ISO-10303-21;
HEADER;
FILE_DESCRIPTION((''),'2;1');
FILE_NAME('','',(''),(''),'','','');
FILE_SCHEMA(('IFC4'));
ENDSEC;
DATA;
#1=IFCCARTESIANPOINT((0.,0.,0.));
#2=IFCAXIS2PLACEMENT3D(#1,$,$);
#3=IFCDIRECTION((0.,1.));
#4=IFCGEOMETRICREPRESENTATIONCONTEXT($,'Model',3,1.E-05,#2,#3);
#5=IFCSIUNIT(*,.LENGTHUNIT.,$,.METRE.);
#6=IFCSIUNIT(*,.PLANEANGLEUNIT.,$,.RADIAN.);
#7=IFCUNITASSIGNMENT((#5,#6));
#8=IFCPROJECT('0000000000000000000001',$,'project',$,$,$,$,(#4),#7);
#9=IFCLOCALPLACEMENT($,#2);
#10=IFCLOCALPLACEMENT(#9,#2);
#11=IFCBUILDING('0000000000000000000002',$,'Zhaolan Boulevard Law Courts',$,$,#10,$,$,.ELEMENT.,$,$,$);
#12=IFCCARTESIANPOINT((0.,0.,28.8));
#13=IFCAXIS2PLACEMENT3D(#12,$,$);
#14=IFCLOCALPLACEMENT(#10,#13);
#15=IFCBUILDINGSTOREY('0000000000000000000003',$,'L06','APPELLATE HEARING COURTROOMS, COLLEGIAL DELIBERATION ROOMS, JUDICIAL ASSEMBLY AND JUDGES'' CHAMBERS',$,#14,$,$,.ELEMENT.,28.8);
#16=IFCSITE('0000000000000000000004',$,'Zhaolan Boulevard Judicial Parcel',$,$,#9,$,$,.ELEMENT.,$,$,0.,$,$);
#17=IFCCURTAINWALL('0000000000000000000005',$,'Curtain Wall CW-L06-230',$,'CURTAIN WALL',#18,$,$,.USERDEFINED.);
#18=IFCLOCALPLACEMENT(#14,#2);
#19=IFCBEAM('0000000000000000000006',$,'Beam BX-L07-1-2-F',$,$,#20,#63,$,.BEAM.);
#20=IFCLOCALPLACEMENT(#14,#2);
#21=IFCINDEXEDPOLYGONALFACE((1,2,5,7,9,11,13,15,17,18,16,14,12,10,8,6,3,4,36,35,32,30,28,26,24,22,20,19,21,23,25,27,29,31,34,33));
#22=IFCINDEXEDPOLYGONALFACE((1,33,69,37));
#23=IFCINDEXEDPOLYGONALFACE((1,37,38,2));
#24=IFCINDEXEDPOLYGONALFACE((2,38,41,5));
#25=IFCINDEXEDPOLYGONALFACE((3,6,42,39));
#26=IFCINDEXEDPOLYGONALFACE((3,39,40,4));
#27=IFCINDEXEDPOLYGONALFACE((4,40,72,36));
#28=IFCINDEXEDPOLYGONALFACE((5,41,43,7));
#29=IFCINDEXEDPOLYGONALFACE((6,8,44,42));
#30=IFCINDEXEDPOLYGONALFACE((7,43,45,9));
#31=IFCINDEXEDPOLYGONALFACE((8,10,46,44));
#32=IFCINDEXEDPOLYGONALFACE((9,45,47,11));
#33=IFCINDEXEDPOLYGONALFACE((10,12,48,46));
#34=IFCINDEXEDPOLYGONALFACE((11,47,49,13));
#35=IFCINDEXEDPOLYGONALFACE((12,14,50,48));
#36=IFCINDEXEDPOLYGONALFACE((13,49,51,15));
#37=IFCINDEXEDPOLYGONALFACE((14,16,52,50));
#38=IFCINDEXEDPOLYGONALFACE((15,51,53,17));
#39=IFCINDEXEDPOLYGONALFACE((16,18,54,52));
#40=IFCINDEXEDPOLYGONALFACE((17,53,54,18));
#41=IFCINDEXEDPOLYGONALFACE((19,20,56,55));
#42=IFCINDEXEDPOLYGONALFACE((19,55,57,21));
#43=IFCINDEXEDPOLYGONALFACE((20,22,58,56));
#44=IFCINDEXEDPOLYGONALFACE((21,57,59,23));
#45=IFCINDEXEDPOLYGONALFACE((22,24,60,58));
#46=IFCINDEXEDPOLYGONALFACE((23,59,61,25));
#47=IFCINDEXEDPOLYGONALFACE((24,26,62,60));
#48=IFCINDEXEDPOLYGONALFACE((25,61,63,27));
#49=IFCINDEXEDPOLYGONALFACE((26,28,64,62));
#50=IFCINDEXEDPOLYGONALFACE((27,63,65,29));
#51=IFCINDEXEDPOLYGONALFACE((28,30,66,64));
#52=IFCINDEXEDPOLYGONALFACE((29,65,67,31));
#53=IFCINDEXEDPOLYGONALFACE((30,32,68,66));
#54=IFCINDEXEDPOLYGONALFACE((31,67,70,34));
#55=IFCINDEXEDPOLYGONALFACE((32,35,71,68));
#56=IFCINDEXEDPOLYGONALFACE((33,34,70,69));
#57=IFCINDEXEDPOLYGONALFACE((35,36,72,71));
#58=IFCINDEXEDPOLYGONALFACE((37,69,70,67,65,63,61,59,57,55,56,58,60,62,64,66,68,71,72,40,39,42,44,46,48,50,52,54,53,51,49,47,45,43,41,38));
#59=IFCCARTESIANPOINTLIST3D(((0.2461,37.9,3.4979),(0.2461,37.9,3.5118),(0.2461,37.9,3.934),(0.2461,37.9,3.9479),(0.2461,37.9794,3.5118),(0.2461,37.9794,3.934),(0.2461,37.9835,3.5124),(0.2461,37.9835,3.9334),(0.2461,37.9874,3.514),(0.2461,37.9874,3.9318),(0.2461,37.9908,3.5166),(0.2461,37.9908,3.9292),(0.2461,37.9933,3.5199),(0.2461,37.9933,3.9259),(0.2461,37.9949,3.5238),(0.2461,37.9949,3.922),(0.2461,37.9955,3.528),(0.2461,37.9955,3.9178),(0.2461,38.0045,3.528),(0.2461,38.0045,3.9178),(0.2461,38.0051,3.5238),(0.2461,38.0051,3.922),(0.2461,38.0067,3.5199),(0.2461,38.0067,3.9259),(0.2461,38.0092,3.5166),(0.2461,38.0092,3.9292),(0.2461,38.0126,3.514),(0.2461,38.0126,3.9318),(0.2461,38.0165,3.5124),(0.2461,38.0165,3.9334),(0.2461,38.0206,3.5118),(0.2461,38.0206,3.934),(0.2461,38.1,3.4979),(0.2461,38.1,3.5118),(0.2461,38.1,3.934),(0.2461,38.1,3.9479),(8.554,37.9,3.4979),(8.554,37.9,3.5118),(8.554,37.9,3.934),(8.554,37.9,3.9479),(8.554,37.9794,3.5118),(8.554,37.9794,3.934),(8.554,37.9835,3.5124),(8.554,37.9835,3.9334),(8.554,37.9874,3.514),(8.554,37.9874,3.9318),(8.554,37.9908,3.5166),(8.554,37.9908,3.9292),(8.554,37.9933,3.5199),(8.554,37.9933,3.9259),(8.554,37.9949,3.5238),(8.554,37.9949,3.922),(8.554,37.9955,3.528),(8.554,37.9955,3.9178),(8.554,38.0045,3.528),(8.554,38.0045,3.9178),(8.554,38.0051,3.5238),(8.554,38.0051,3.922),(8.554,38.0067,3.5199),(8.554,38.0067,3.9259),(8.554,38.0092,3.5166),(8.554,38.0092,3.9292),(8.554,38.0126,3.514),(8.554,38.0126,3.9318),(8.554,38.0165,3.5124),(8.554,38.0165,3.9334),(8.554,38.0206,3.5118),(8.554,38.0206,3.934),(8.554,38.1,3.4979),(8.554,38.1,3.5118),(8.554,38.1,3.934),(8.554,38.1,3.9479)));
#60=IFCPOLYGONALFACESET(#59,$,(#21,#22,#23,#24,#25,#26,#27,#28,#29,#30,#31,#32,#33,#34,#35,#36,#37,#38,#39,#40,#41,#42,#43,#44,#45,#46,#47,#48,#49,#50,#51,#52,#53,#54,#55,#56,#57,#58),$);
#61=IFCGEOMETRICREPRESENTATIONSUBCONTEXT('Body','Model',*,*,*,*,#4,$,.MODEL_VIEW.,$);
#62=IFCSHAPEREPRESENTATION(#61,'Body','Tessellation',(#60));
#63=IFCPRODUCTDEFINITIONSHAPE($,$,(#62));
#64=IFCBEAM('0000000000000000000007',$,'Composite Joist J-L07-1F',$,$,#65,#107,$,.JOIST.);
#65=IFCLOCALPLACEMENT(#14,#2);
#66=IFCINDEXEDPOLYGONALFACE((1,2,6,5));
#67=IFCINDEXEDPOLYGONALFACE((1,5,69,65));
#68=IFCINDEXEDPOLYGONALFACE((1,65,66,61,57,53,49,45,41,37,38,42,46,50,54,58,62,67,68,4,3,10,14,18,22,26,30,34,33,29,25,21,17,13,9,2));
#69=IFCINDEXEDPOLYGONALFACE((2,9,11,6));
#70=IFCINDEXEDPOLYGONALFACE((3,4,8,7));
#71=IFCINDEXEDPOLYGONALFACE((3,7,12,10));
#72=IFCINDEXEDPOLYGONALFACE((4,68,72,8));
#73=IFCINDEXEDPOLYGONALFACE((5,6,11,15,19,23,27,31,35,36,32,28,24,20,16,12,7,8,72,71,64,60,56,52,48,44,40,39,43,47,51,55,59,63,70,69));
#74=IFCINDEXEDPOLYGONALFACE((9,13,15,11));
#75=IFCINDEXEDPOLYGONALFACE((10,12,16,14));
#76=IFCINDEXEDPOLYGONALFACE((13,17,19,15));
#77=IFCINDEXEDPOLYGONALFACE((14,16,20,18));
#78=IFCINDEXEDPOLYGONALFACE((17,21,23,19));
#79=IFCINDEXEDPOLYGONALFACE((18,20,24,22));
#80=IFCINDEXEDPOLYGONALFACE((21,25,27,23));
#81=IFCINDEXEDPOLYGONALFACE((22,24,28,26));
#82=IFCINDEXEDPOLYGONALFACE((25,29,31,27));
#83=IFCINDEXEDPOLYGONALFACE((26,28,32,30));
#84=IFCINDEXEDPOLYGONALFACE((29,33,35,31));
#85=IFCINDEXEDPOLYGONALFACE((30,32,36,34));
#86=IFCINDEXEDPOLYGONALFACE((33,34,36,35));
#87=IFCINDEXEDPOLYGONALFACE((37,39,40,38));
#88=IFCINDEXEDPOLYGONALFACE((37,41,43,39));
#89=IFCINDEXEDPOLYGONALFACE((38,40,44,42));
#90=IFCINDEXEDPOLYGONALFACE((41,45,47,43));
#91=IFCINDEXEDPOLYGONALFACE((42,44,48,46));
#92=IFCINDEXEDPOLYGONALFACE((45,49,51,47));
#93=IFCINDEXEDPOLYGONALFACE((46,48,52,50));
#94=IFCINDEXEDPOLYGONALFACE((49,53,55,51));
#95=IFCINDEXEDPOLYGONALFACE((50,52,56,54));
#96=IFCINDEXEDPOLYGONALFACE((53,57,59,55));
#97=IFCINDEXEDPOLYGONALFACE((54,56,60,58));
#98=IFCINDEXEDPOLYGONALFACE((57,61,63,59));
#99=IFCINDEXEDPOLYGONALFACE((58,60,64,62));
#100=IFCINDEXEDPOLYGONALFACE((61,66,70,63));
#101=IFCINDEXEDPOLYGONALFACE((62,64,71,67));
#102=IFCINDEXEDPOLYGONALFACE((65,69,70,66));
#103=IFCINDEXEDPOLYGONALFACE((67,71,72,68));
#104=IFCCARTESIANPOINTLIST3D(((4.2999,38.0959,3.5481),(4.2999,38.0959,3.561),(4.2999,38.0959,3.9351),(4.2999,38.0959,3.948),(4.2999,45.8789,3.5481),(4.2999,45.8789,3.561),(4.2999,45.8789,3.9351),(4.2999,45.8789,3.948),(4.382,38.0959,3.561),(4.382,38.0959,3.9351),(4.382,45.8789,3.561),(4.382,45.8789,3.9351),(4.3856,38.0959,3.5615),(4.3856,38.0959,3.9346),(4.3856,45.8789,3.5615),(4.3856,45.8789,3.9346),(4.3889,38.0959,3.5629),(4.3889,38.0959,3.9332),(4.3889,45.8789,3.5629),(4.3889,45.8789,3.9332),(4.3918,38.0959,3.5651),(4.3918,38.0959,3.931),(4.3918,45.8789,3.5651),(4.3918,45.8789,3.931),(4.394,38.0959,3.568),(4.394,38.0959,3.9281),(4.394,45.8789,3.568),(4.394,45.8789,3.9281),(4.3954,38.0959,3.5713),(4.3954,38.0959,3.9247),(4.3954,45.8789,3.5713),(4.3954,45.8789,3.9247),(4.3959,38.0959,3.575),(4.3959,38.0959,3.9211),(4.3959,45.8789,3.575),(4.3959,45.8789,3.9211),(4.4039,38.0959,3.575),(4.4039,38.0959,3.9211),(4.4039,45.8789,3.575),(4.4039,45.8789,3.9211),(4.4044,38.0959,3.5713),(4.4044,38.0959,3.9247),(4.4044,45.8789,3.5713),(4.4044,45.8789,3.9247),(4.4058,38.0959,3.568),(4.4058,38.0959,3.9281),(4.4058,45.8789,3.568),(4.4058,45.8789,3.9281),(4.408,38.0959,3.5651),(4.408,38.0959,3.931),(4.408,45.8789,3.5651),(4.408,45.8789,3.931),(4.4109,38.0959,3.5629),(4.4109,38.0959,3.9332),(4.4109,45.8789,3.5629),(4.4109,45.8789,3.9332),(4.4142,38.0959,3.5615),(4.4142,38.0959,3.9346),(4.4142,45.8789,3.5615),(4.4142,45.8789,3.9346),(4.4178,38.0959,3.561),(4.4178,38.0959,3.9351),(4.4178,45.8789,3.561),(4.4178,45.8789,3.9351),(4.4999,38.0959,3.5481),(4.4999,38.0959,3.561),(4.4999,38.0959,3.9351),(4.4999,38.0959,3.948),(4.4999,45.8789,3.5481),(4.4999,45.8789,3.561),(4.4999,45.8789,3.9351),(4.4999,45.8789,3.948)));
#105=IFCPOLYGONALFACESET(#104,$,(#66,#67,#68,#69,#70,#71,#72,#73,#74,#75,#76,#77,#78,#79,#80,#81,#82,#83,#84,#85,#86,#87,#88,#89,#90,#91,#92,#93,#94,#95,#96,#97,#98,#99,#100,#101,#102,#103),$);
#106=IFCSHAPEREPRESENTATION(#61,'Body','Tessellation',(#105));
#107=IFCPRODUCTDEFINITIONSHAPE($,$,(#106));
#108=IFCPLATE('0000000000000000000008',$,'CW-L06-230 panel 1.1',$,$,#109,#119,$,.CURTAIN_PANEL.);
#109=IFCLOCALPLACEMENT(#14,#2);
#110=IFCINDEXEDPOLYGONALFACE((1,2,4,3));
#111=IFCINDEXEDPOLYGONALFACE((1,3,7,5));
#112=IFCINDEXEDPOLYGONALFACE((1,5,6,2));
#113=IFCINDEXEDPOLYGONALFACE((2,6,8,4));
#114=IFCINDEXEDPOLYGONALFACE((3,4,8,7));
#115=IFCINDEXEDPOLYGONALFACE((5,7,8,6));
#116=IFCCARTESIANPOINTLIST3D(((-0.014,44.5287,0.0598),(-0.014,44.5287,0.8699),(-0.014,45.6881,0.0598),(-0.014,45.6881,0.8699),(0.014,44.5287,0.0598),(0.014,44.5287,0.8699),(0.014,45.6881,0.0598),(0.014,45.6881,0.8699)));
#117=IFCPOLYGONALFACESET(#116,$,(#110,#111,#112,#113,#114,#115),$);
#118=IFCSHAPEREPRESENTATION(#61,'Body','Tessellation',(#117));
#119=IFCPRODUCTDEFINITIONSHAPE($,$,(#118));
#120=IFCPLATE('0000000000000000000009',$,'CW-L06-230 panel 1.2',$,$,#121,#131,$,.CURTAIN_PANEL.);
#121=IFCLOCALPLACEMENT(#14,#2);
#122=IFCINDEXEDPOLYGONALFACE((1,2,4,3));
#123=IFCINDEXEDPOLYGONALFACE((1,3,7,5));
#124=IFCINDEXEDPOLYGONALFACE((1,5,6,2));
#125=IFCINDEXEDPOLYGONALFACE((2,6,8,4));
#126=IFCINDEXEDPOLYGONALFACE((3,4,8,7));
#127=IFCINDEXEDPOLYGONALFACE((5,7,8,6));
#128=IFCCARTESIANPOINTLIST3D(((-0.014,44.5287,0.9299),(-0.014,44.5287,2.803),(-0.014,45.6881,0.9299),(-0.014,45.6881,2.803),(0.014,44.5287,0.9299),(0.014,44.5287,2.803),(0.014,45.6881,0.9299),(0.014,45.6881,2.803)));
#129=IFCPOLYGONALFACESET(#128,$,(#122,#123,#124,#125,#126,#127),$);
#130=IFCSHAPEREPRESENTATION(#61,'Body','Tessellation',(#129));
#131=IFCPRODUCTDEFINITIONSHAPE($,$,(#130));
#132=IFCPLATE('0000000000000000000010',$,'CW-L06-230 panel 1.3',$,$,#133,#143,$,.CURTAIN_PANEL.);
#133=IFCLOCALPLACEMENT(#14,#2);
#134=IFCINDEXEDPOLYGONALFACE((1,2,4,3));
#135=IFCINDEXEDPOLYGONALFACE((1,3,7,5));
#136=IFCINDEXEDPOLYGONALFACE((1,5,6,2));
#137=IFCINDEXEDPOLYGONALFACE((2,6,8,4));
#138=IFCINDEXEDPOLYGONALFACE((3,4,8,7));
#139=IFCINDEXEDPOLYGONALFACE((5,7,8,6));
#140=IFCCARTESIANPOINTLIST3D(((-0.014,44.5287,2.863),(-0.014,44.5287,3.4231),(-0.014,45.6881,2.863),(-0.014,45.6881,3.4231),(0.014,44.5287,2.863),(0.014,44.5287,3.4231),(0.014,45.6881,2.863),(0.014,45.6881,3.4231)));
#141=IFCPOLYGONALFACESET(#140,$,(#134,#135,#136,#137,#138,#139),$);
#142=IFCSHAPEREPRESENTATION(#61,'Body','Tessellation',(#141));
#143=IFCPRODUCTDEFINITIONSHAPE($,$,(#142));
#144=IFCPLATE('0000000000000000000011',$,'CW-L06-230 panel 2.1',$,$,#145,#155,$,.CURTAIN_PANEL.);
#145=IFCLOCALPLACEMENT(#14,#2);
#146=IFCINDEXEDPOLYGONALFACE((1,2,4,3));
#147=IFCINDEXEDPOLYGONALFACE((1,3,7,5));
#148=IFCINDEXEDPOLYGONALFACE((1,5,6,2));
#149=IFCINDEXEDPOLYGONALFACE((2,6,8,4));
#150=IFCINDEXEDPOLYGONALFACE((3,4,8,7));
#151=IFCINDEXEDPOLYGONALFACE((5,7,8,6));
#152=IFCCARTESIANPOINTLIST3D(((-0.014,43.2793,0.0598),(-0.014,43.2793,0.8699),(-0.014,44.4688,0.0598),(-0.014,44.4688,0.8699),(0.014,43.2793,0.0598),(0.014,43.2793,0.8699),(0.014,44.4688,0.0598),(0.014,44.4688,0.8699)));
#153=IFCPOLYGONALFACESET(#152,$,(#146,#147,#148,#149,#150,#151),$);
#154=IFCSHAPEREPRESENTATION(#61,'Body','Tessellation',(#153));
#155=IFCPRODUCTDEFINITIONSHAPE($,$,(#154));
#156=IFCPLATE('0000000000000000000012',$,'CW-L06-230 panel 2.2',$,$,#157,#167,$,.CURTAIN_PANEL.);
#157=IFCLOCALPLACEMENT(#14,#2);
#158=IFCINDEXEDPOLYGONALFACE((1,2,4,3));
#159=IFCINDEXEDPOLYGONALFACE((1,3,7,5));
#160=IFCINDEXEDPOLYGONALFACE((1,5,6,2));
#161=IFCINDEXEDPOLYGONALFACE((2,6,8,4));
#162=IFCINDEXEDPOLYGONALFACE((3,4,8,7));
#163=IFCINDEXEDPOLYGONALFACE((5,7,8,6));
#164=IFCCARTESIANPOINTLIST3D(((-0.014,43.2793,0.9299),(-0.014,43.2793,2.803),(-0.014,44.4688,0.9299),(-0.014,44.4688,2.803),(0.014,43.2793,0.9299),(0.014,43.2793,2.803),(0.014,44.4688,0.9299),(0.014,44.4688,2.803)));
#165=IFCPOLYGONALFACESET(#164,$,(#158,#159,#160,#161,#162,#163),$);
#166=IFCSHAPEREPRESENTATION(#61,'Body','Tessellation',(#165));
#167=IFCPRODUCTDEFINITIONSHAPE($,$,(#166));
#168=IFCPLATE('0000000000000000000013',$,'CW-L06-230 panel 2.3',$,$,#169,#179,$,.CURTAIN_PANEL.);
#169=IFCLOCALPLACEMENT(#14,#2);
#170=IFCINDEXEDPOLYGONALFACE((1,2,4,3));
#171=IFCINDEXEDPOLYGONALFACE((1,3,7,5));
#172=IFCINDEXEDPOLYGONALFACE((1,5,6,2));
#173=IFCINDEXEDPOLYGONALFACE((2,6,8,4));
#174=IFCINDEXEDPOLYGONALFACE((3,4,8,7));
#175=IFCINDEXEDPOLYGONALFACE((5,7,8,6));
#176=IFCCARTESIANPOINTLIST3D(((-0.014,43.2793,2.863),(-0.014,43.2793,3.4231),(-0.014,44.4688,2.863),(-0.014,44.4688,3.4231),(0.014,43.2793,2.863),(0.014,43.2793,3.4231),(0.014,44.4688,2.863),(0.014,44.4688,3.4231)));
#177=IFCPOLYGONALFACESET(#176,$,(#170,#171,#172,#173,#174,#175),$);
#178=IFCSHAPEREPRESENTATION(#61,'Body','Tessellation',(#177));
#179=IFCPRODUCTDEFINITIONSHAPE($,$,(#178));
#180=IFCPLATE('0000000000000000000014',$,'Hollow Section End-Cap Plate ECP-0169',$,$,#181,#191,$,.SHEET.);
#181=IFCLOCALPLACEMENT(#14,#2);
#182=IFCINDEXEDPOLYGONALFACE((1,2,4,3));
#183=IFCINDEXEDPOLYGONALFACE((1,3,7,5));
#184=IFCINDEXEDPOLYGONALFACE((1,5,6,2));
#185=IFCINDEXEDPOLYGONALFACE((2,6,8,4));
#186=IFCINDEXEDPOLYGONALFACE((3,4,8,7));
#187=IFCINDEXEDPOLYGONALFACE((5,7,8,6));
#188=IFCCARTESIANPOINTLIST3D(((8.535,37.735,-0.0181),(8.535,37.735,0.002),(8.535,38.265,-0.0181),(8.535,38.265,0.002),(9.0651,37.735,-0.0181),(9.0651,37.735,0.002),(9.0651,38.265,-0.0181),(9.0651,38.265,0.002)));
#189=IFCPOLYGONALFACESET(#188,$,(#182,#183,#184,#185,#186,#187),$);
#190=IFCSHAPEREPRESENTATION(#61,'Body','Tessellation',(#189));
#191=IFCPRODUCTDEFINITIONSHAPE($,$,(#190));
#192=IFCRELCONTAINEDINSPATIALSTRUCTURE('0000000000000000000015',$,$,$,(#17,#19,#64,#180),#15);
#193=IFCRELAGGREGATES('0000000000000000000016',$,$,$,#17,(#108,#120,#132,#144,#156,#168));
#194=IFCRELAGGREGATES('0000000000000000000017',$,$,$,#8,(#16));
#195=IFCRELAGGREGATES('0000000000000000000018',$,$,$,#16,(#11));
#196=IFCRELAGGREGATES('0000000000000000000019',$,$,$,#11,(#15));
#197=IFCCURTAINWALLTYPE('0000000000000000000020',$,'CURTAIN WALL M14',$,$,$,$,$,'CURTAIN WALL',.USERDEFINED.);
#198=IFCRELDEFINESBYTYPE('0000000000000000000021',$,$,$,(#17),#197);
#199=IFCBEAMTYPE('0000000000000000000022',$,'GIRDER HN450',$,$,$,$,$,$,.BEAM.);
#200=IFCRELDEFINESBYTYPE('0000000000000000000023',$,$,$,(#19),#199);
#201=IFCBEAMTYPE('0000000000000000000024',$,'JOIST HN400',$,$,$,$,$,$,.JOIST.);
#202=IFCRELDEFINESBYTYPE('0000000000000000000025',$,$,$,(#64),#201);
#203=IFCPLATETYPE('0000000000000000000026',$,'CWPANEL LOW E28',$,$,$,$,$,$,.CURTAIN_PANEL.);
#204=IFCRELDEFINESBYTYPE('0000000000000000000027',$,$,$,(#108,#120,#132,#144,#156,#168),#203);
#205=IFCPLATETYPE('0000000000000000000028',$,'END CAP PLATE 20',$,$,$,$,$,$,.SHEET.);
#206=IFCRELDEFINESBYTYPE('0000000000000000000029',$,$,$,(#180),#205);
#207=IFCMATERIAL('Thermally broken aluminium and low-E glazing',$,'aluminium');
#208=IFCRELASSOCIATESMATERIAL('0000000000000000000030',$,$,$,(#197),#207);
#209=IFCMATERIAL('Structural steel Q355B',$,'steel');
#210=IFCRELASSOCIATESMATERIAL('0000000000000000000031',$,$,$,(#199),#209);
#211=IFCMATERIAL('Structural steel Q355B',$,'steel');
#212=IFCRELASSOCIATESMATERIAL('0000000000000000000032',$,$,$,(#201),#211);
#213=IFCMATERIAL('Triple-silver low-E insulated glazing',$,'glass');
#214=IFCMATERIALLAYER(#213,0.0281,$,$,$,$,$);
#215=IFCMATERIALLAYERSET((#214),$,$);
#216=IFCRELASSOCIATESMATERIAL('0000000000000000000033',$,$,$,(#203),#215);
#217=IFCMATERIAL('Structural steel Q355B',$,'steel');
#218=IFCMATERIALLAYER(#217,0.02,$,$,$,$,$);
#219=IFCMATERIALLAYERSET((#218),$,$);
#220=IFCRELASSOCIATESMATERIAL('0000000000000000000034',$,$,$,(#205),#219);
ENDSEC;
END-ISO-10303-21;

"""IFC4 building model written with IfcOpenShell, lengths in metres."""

from ifc_helpers import new_model, si_unit, direction, frame, origin, origin_2d, place, context, subcontext, project, spatial, rectangle, i_section, extrude, material, layer, layer_set, material_profile, profile_set, type_object, element, aggregate, save


model = new_model("IFC4")

# Units and contexts
model_context = context("Model", 3, precision=1e-05, world=origin(), true_north=direction((0.0, 1.0)))
body_context = subcontext(model_context, "Body", "Model", "MODEL_VIEW")
ifc_project = project(units=[si_unit("LENGTHUNIT", "METRE"), si_unit("PLANEANGLEUNIT", "RADIAN")], contexts=[model_context])

# Site, building, storey
site_placement = place(None, origin())
site = spatial("IfcSite", under=ifc_project, at=site_placement, Name="Zhaolan Boulevard Judicial Parcel", CompositionType="ELEMENT", RefElevation=0.0)
building_placement = place(site_placement, origin())
building = spatial("IfcBuilding", under=site, at=building_placement, Name="Zhaolan Boulevard Law Courts", CompositionType="ELEMENT")
storey_placement = place(building_placement, frame((0.0, 0.0, 28.8)))
storey = spatial("IfcBuildingStorey", under=building, at=storey_placement, Name="L06", Description="APPELLATE HEARING COURTROOMS, COLLEGIAL DELIBERATION ROOMS, JUDICIAL ASSEMBLY AND JUDGES' CHAMBERS", CompositionType="ELEMENT", Elevation=28.8)

# Curtain wall
ifc_material_1 = material(Name="Thermally broken aluminium and low-E glazing", Category="aluminium")
curtain_wall_type = type_object("IfcCurtainWallType", Name="CURTAIN WALL M14", ElementType="CURTAIN WALL", PredefinedType="USERDEFINED", material=ifc_material_1)
curtain_wall_placement = place(storey_placement, origin())
curtain_wall = element("IfcCurtainWall", 1, at=curtain_wall_placement, inside=storey, type_object=curtain_wall_type, Name="Curtain Wall CW-L06-230", ObjectType="CURTAIN WALL", PredefinedType="USERDEFINED")

# Beams
ifc_material_2 = material(Name="Structural steel Q355B", Category="steel")
ifc_material_profile_1 = material_profile(ifc_material_2, i_section(OverallWidth=0.2, OverallDepth=0.45, WebThickness=0.009, FlangeThickness=0.0139, FilletRadius=0.0161, at=origin_2d()), Name="HN450x200")
ifc_profile_set_1 = profile_set([ifc_material_profile_1], Name="Structural steel Q355B")
beam_type_1 = type_object("IfcBeamType", Name="GIRDER HN450", PredefinedType="BEAM", material=ifc_profile_set_1)
beam_1_placement = place(storey_placement, frame((0.2461, 38.0, 3.7229), z_axis=(1.0, 0.0, 0.0), x_axis=(0.0, 1.0, 0.0)))
element("IfcBeam", 2, at=beam_1_placement, inside=storey, type_object=beam_type_1, Name="Beam BX-L07-1-2-F", PredefinedType="BEAM", context=body_context, shape_type="SweptSolid", body=[
    extrude(i_section(OverallWidth=0.2, OverallDepth=0.45, WebThickness=0.009, FlangeThickness=0.0139, FilletRadius=0.0161, at=origin_2d()), origin(), (0.0, 0.0, 1.0), 8.3079),
])
ifc_material_3 = material(Name="Structural steel Q355B", Category="steel")
ifc_material_profile_2 = material_profile(ifc_material_3, i_section(OverallWidth=0.2, OverallDepth=0.3999, WebThickness=0.0081, FlangeThickness=0.0129, FilletRadius=0.0139, at=origin_2d()), Name="HN400x200")
ifc_profile_set_2 = profile_set([ifc_material_profile_2], Name="Structural steel Q355B")
beam_type_2 = type_object("IfcBeamType", Name="JOIST HN400", PredefinedType="JOIST", material=ifc_profile_set_2)
beam_2_placement = place(storey_placement, frame((4.3999, 38.0959, 3.748), z_axis=(0.0, 1.0, 0.0), x_axis=(-1.0, 0.0, 0.0)))
element("IfcBeam", 3, at=beam_2_placement, inside=storey, type_object=beam_type_2, Name="Composite Joist J-L07-1F", PredefinedType="JOIST", context=body_context, shape_type="SweptSolid", body=[
    extrude(i_section(OverallWidth=0.2, OverallDepth=0.3999, WebThickness=0.0081, FlangeThickness=0.0129, FilletRadius=0.0139, at=origin_2d()), origin(), (0.0, 0.0, 1.0), 7.783),
])

# Plates
ifc_material_4 = material(Name="Triple-silver low-E insulated glazing", Category="glass")
ifc_layer_1 = layer(ifc_material_4, 0.0281)
ifc_layer_set_1 = layer_set([ifc_layer_1])
plate_type_1 = type_object("IfcPlateType", Name="CWPANEL LOW E28", PredefinedType="CURTAIN_PANEL", material=ifc_layer_set_1)
plate_1_placement = place(storey_placement, frame((0.0, 45.1084, 0.0598), z_axis=(0.0, 0.0, 1.0), x_axis=(0.0, -1.0, 0.0)))
plate_1 = element("IfcPlate", 4, at=plate_1_placement, type_object=plate_type_1, Name="CW-L06-230 panel 1.1", PredefinedType="CURTAIN_PANEL", context=body_context, shape_type="SweptSolid", body=[
    extrude(rectangle(XDim=1.1594, YDim=0.0281, at=origin_2d()), origin(), (0.0, 0.0, 1.0), 0.8101),
])
plate_2_placement = place(storey_placement, frame((0.0, 45.1084, 0.9299), z_axis=(0.0, 0.0, 1.0), x_axis=(0.0, -1.0, 0.0)))
plate_2 = element("IfcPlate", 5, at=plate_2_placement, type_object=plate_type_1, Name="CW-L06-230 panel 1.2", PredefinedType="CURTAIN_PANEL", context=body_context, shape_type="SweptSolid", body=[
    extrude(rectangle(XDim=1.1594, YDim=0.0281, at=origin_2d()), origin(), (0.0, 0.0, 1.0), 1.873),
])
plate_3_placement = place(storey_placement, frame((0.0, 45.1084, 2.863), z_axis=(0.0, 0.0, 1.0), x_axis=(0.0, -1.0, 0.0)))
plate_3 = element("IfcPlate", 6, at=plate_3_placement, type_object=plate_type_1, Name="CW-L06-230 panel 1.3", PredefinedType="CURTAIN_PANEL", context=body_context, shape_type="SweptSolid", body=[
    extrude(rectangle(XDim=1.1594, YDim=0.0281, at=origin_2d()), origin(), (0.0, 0.0, 1.0), 0.5601),
])
plate_4_placement = place(storey_placement, frame((0.0, 43.874, 0.0598), z_axis=(0.0, 0.0, 1.0), x_axis=(0.0, -1.0, 0.0)))
plate_4 = element("IfcPlate", 7, at=plate_4_placement, type_object=plate_type_1, Name="CW-L06-230 panel 2.1", PredefinedType="CURTAIN_PANEL", context=body_context, shape_type="SweptSolid", body=[
    extrude(rectangle(XDim=1.1895, YDim=0.0281, at=origin_2d()), origin(), (0.0, 0.0, 1.0), 0.8101),
])
plate_5_placement = place(storey_placement, frame((0.0, 43.874, 0.9299), z_axis=(0.0, 0.0, 1.0), x_axis=(0.0, -1.0, 0.0)))
plate_5 = element("IfcPlate", 8, at=plate_5_placement, type_object=plate_type_1, Name="CW-L06-230 panel 2.2", PredefinedType="CURTAIN_PANEL", context=body_context, shape_type="SweptSolid", body=[
    extrude(rectangle(XDim=1.1895, YDim=0.0281, at=origin_2d()), origin(), (0.0, 0.0, 1.0), 1.873),
])
plate_6_placement = place(storey_placement, frame((0.0, 43.874, 2.863), z_axis=(0.0, 0.0, 1.0), x_axis=(0.0, -1.0, 0.0)))
plate_6 = element("IfcPlate", 9, at=plate_6_placement, type_object=plate_type_1, Name="CW-L06-230 panel 2.3", PredefinedType="CURTAIN_PANEL", context=body_context, shape_type="SweptSolid", body=[
    extrude(rectangle(XDim=1.1895, YDim=0.0281, at=origin_2d()), origin(), (0.0, 0.0, 1.0), 0.5601),
])
aggregate(curtain_wall, [plate_1, plate_2, plate_3, plate_4, plate_5, plate_6])

# Plate
ifc_material_5 = material(Name="Structural steel Q355B", Category="steel")
ifc_layer_2 = layer(ifc_material_5, 0.02)
ifc_layer_set_2 = layer_set([ifc_layer_2])
plate_type_2 = type_object("IfcPlateType", Name="END CAP PLATE 20", PredefinedType="SHEET", material=ifc_layer_set_2)
for number, where, z_axis, x_axis, name in (
    (10, (8.8, 38.0, -0.0181), (0.0, 0.0, 1.0), (1.0, 0.0, 0.0), "Hollow Section End-Cap Plate ECP-0169"),
):
    element("IfcPlate", number, at=place(storey_placement, frame(where, z_axis=z_axis, x_axis=x_axis)), inside=storey, type_object=plate_type_2, Name=name, PredefinedType="SHEET", context=body_context, shape_type="SweptSolid", body=[
        extrude(rectangle(XDim=0.53, YDim=0.53, at=origin_2d()), origin(), (0.0, 0.0, 1.0), 0.02),
    ])

save(model, "model.ifc")
